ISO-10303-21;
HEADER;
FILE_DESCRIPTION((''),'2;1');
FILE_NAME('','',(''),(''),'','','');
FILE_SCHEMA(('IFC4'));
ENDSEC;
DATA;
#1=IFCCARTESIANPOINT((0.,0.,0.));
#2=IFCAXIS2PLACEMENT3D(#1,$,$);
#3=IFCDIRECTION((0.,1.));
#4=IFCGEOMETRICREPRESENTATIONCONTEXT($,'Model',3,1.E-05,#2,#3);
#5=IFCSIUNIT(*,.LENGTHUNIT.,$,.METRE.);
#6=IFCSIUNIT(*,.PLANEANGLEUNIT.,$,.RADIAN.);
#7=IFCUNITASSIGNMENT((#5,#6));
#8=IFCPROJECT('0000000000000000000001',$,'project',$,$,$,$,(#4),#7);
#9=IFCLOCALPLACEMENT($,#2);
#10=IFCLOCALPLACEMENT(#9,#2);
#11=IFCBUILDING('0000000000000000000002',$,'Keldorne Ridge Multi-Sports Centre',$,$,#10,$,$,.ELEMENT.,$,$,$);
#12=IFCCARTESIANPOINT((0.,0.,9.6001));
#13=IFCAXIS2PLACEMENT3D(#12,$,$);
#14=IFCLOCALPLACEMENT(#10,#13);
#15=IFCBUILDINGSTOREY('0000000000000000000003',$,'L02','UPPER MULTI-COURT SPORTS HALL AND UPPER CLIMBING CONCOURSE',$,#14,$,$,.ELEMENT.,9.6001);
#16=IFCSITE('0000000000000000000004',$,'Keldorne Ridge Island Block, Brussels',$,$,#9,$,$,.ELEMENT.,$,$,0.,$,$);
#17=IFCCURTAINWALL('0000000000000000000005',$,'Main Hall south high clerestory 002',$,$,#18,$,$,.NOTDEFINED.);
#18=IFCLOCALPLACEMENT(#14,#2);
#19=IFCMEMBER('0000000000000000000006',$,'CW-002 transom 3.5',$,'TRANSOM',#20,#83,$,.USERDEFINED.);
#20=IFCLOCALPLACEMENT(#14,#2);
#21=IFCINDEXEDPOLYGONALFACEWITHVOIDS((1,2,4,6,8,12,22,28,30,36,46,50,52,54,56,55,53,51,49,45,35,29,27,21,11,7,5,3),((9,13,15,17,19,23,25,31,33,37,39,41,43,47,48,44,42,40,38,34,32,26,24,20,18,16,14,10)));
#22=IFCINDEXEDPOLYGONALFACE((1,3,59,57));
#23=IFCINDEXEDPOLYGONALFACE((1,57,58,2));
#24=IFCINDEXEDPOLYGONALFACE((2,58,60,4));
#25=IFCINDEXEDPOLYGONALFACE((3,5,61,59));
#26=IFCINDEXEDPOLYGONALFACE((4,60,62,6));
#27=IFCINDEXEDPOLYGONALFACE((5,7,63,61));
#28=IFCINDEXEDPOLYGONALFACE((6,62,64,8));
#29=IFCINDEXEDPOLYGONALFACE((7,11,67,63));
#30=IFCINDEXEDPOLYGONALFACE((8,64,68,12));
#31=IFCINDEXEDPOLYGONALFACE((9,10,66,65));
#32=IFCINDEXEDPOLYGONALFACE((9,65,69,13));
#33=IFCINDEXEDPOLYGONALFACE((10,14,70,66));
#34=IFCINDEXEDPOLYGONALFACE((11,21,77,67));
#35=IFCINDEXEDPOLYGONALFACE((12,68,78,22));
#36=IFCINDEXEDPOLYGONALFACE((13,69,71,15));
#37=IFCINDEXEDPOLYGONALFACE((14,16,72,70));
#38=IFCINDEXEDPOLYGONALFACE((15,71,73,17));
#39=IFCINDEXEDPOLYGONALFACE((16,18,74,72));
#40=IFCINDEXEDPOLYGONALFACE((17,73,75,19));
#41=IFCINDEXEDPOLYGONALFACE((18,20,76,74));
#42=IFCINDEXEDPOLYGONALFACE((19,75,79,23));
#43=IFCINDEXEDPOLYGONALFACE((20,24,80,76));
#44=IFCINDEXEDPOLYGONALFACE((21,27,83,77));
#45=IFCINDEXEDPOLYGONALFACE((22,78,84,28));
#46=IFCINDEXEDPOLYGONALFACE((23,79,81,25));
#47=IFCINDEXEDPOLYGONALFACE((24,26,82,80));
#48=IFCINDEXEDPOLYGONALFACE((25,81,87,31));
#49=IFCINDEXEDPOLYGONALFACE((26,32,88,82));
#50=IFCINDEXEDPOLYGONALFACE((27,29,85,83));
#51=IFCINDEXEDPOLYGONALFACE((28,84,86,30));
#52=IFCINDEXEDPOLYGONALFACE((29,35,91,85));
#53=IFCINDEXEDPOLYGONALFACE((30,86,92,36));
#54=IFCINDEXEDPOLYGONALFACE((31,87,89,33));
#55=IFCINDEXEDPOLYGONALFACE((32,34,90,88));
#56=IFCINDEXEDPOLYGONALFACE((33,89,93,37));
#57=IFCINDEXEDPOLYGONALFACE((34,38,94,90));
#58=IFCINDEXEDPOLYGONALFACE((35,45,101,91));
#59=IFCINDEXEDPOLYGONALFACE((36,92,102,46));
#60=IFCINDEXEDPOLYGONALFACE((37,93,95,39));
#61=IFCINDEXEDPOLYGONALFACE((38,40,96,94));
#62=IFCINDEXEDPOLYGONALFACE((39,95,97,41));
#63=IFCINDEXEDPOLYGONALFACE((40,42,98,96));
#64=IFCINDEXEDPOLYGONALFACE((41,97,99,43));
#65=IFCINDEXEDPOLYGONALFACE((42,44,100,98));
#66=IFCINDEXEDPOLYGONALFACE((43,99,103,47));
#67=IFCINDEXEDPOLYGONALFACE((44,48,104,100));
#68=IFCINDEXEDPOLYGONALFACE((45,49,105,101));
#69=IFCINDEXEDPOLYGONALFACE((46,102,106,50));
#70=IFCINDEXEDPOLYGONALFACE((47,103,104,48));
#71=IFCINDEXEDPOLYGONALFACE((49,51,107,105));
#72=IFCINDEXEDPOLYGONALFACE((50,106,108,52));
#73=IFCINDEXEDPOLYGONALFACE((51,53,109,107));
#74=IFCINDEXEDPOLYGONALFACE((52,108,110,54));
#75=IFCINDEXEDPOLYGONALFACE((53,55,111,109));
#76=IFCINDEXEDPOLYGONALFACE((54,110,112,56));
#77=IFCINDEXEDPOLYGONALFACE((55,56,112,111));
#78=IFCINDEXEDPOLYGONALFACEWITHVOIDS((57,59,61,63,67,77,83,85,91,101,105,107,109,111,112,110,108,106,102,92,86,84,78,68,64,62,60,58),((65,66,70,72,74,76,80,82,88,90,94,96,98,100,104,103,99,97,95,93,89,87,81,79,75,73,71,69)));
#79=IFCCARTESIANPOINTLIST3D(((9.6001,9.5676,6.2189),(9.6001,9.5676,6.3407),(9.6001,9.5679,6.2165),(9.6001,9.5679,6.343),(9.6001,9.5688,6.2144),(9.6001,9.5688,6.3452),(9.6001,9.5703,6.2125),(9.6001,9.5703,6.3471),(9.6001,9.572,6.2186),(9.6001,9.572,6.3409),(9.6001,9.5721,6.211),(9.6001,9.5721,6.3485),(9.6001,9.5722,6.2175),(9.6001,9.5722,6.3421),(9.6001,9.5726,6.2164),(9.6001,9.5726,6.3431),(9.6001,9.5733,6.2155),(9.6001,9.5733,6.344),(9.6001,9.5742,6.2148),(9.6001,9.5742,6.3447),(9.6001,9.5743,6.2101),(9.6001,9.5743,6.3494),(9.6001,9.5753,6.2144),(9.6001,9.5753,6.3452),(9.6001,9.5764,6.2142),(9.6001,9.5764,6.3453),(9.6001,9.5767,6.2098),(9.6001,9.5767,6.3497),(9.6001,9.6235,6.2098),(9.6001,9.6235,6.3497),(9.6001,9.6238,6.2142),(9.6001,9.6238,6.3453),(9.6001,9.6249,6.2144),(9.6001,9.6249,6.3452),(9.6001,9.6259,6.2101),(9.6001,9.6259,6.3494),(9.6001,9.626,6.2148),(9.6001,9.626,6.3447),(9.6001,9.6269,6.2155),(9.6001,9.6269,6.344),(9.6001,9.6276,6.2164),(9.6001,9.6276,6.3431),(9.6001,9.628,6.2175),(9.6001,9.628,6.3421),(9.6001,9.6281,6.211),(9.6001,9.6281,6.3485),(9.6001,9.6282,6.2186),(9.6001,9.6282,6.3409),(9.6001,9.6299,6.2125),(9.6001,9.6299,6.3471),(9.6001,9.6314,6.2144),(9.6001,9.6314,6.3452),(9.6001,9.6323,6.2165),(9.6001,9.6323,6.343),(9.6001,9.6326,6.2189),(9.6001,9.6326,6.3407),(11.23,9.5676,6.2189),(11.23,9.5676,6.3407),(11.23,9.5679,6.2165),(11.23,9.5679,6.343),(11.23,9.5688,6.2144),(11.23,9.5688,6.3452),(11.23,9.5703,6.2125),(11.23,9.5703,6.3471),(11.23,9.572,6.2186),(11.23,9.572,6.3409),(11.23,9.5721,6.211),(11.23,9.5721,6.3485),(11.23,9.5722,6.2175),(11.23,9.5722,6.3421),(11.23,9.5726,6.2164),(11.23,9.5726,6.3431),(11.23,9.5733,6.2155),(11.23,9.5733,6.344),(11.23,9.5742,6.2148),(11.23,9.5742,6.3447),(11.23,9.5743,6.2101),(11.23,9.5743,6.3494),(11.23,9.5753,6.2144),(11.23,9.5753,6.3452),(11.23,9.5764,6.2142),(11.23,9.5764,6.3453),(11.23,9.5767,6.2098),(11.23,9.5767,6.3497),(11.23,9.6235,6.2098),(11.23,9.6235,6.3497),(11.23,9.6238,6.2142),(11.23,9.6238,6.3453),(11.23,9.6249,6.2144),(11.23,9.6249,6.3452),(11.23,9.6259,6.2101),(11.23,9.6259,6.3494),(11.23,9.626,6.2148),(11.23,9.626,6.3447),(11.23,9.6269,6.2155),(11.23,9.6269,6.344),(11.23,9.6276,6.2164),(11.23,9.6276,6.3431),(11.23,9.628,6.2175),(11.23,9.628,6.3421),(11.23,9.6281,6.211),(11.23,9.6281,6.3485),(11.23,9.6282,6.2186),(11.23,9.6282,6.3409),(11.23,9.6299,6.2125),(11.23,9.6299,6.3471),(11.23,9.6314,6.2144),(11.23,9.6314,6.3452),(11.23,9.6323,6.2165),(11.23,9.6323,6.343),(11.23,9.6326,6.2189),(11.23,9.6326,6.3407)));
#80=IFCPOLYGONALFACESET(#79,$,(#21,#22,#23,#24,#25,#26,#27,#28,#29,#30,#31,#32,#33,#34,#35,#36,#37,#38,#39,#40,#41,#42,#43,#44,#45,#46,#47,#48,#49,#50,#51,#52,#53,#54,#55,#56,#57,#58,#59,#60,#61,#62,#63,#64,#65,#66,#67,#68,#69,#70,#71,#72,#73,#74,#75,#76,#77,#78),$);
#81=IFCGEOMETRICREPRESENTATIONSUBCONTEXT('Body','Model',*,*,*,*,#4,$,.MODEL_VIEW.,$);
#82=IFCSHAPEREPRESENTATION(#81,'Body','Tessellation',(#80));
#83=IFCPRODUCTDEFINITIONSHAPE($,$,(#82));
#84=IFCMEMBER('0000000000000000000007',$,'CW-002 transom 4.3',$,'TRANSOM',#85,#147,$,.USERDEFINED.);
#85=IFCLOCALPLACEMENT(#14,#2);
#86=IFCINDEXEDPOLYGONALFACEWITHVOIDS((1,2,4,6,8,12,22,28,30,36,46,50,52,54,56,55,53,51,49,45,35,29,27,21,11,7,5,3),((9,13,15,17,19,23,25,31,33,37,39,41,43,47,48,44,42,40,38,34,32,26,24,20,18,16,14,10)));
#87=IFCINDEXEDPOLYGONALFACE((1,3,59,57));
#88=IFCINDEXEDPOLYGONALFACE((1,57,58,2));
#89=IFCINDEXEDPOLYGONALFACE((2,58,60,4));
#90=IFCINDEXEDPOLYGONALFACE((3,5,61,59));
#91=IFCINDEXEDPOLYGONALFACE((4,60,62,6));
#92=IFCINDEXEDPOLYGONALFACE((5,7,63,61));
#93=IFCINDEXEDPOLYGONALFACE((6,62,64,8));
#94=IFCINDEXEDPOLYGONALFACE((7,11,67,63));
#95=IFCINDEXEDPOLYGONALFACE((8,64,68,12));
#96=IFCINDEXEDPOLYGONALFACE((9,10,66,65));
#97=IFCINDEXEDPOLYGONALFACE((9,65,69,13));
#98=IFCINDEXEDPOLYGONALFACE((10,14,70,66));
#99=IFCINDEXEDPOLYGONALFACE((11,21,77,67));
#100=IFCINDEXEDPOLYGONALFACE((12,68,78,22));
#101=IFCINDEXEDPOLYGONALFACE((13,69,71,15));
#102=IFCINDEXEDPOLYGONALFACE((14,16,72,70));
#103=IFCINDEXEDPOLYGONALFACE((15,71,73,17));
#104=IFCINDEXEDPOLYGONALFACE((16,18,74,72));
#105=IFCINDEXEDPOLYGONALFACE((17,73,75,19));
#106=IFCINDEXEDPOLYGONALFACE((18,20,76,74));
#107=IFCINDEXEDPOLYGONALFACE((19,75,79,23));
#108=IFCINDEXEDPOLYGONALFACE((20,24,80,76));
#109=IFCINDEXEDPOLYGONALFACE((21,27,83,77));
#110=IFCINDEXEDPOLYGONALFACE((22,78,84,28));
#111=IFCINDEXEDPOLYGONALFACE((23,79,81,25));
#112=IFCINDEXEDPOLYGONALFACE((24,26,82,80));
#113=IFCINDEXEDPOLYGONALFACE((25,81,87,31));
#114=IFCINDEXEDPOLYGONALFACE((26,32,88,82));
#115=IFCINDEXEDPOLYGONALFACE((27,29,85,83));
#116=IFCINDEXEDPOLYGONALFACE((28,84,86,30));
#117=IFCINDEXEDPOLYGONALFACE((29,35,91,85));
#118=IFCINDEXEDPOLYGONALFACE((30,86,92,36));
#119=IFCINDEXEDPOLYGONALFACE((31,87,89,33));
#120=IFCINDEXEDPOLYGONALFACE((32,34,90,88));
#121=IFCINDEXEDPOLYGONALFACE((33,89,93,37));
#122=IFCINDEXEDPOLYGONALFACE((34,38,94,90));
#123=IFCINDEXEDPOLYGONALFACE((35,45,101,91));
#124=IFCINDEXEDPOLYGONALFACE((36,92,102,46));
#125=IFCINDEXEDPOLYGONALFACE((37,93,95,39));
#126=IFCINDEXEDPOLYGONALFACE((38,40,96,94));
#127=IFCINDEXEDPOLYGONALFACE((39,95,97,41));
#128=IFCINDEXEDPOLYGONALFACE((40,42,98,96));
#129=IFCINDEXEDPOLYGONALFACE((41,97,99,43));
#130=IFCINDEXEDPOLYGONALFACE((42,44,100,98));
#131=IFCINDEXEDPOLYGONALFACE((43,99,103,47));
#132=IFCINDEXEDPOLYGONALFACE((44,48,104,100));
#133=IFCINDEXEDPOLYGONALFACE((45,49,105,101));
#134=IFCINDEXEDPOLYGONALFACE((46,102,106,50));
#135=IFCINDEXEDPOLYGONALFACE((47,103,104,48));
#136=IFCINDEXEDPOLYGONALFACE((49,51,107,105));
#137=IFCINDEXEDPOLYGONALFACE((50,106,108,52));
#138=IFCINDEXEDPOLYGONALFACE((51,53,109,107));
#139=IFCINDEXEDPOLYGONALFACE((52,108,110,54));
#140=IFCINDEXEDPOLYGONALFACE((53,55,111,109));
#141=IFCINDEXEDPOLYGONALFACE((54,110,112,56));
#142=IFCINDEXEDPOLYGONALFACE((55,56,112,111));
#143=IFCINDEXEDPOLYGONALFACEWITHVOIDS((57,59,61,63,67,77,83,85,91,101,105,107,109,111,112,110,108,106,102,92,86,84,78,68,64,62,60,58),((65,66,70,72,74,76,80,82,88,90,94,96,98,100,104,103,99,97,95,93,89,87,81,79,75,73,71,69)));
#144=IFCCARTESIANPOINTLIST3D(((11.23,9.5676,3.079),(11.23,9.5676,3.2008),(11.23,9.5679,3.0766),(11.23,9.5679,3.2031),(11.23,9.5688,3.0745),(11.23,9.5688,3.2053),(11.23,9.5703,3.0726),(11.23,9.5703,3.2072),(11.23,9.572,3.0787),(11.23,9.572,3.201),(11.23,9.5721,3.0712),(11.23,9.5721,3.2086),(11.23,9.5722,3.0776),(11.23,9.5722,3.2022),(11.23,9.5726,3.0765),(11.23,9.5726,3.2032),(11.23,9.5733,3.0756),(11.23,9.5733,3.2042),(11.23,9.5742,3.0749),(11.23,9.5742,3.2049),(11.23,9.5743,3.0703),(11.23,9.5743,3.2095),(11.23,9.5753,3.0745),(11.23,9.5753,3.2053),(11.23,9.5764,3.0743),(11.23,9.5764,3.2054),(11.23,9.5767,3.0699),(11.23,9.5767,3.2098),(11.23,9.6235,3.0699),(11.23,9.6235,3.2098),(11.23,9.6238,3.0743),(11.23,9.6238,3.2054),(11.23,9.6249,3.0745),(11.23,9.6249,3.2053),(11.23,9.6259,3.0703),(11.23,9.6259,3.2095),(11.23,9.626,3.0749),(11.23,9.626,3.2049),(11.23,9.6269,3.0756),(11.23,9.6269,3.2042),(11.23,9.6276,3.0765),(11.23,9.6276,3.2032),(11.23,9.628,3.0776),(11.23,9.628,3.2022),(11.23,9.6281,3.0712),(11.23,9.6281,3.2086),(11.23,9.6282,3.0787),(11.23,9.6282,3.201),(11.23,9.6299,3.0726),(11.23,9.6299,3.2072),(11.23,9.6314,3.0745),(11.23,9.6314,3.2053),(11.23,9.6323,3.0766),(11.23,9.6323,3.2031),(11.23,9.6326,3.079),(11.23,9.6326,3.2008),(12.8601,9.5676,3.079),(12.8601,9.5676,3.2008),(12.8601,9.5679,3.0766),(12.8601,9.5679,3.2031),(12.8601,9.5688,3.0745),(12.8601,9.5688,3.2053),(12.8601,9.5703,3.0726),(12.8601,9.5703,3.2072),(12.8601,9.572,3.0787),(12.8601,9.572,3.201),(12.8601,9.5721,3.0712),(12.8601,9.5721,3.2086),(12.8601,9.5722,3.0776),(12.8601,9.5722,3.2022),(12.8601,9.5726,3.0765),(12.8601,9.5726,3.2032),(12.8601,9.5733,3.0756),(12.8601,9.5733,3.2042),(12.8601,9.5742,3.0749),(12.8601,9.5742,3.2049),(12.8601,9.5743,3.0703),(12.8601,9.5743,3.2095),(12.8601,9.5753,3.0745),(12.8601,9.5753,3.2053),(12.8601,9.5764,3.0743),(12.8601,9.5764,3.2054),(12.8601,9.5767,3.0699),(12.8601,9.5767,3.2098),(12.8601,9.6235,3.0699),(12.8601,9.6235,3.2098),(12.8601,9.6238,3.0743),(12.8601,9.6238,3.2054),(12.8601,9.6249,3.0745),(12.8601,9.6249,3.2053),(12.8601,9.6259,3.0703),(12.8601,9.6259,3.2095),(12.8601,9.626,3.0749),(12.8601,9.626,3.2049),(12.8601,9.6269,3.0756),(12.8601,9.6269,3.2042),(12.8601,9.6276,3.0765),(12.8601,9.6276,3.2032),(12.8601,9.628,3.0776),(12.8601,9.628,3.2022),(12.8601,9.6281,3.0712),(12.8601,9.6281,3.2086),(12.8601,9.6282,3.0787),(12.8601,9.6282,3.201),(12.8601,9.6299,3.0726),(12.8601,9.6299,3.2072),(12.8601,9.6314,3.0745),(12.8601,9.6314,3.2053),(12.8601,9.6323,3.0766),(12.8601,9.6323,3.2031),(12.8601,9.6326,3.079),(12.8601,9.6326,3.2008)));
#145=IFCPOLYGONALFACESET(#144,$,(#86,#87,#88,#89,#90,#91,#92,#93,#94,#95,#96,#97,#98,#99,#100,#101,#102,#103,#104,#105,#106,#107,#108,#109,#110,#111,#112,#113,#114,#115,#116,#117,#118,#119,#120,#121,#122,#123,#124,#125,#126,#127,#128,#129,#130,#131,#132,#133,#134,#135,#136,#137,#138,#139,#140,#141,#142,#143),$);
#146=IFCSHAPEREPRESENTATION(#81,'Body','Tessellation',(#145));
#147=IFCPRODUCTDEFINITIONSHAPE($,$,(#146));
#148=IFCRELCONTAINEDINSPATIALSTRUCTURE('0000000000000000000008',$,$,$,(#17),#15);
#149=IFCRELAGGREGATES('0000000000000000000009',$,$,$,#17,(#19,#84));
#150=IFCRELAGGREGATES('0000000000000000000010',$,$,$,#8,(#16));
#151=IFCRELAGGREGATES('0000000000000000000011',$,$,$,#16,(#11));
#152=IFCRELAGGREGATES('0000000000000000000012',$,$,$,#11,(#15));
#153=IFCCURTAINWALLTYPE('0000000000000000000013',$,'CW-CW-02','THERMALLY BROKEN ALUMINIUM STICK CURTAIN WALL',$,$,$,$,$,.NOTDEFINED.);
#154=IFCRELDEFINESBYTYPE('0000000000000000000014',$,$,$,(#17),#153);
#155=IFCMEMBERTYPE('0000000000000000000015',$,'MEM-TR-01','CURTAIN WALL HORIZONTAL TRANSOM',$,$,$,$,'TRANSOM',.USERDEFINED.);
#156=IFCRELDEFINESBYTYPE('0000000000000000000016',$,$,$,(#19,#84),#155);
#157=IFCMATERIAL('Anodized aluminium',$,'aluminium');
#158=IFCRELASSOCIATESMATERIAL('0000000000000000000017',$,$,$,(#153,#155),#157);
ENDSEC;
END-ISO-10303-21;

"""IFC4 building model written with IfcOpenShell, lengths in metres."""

from ifc_helpers import new_model, si_unit, direction, frame, origin, origin_2d, place, context, subcontext, project, spatial, hollow_rectangle, extrude, material, material_profile, profile_set, type_object, element, aggregate, save


model = new_model("IFC4")

# Units and contexts
model_context = context("Model", 3, precision=1e-05, world=origin(), true_north=direction((0.0, 1.0)))
body_context = subcontext(model_context, "Body", "Model", "MODEL_VIEW")
ifc_project = project(units=[si_unit("LENGTHUNIT", "METRE"), si_unit("PLANEANGLEUNIT", "RADIAN")], contexts=[model_context])

# Site, building, storey
site_placement = place(None, origin())
site = spatial("IfcSite", under=ifc_project, at=site_placement, Name="Keldorne Ridge Island Block, Brussels", CompositionType="ELEMENT", RefElevation=0.0)
building_placement = place(site_placement, origin())
building = spatial("IfcBuilding", under=site, at=building_placement, Name="Keldorne Ridge Multi-Sports Centre", CompositionType="ELEMENT")
storey_placement = place(building_placement, frame((0.0, 0.0, 9.6001)))
storey = spatial("IfcBuildingStorey", under=building, at=storey_placement, Name="L02", Description="UPPER MULTI-COURT SPORTS HALL AND UPPER CLIMBING CONCOURSE", CompositionType="ELEMENT", Elevation=9.6001)

# Curtain wall, members
ifc_material_1 = material(Name="Anodized aluminium", Category="aluminium")
curtain_wall_type_1 = type_object("IfcCurtainWallType", Name="CW-CW-02", Description="THERMALLY BROKEN ALUMINIUM STICK CURTAIN WALL", PredefinedType="NOTDEFINED", material=ifc_material_1)
curtain_wall_1_placement = place(storey_placement, origin())
curtain_wall_1 = element("IfcCurtainWall", 1, at=curtain_wall_1_placement, inside=storey, type_object=curtain_wall_type_1, Name="Main Hall south high clerestory 002", PredefinedType="NOTDEFINED")
ifc_material_profile_1 = material_profile(ifc_material_1, hollow_rectangle(XDim=0.0649, YDim=0.1399, WallThickness=0.0044, InnerFilletRadius=0.0044, OuterFilletRadius=0.009, at=origin_2d()), Name="ALU TRANSOM 140x65x4.5")
ifc_profile_set_1 = profile_set([ifc_material_profile_1], Name="Anodized aluminium")
member_type_1 = type_object("IfcMemberType", Name="MEM-TR-01", Description="CURTAIN WALL HORIZONTAL TRANSOM", ElementType="TRANSOM", PredefinedType="USERDEFINED", material=ifc_profile_set_1)
member_1_placement = place(storey_placement, frame((9.6001, 9.6001, 6.2798), z_axis=(1.0, 0.0, 0.0), x_axis=(0.0, 1.0, 0.0)))
member_1 = element("IfcMember", 2, at=member_1_placement, type_object=member_type_1, Name="CW-002 transom 3.5", ObjectType="TRANSOM", PredefinedType="USERDEFINED", context=body_context, shape_type="SweptSolid", body=[
    extrude(hollow_rectangle(XDim=0.0649, YDim=0.1399, WallThickness=0.0044, InnerFilletRadius=0.0044, OuterFilletRadius=0.009, at=origin_2d()), origin(), (0.0, 0.0, 1.0), 1.6299),
])
member_2_placement = place(storey_placement, frame((11.23, 9.6001, 3.1399), z_axis=(1.0, 0.0, 0.0), x_axis=(0.0, 1.0, 0.0)))
member_2 = element("IfcMember", 3, at=member_2_placement, type_object=member_type_1, Name="CW-002 transom 4.3", ObjectType="TRANSOM", PredefinedType="USERDEFINED", context=body_context, shape_type="SweptSolid", body=[
    extrude(hollow_rectangle(XDim=0.0649, YDim=0.1399, WallThickness=0.0044, InnerFilletRadius=0.0044, OuterFilletRadius=0.009, at=origin_2d()), origin(), (0.0, 0.0, 1.0), 1.6301),
])

aggregate(curtain_wall_1, [member_1, member_2])

save(model, "model.ifc")
